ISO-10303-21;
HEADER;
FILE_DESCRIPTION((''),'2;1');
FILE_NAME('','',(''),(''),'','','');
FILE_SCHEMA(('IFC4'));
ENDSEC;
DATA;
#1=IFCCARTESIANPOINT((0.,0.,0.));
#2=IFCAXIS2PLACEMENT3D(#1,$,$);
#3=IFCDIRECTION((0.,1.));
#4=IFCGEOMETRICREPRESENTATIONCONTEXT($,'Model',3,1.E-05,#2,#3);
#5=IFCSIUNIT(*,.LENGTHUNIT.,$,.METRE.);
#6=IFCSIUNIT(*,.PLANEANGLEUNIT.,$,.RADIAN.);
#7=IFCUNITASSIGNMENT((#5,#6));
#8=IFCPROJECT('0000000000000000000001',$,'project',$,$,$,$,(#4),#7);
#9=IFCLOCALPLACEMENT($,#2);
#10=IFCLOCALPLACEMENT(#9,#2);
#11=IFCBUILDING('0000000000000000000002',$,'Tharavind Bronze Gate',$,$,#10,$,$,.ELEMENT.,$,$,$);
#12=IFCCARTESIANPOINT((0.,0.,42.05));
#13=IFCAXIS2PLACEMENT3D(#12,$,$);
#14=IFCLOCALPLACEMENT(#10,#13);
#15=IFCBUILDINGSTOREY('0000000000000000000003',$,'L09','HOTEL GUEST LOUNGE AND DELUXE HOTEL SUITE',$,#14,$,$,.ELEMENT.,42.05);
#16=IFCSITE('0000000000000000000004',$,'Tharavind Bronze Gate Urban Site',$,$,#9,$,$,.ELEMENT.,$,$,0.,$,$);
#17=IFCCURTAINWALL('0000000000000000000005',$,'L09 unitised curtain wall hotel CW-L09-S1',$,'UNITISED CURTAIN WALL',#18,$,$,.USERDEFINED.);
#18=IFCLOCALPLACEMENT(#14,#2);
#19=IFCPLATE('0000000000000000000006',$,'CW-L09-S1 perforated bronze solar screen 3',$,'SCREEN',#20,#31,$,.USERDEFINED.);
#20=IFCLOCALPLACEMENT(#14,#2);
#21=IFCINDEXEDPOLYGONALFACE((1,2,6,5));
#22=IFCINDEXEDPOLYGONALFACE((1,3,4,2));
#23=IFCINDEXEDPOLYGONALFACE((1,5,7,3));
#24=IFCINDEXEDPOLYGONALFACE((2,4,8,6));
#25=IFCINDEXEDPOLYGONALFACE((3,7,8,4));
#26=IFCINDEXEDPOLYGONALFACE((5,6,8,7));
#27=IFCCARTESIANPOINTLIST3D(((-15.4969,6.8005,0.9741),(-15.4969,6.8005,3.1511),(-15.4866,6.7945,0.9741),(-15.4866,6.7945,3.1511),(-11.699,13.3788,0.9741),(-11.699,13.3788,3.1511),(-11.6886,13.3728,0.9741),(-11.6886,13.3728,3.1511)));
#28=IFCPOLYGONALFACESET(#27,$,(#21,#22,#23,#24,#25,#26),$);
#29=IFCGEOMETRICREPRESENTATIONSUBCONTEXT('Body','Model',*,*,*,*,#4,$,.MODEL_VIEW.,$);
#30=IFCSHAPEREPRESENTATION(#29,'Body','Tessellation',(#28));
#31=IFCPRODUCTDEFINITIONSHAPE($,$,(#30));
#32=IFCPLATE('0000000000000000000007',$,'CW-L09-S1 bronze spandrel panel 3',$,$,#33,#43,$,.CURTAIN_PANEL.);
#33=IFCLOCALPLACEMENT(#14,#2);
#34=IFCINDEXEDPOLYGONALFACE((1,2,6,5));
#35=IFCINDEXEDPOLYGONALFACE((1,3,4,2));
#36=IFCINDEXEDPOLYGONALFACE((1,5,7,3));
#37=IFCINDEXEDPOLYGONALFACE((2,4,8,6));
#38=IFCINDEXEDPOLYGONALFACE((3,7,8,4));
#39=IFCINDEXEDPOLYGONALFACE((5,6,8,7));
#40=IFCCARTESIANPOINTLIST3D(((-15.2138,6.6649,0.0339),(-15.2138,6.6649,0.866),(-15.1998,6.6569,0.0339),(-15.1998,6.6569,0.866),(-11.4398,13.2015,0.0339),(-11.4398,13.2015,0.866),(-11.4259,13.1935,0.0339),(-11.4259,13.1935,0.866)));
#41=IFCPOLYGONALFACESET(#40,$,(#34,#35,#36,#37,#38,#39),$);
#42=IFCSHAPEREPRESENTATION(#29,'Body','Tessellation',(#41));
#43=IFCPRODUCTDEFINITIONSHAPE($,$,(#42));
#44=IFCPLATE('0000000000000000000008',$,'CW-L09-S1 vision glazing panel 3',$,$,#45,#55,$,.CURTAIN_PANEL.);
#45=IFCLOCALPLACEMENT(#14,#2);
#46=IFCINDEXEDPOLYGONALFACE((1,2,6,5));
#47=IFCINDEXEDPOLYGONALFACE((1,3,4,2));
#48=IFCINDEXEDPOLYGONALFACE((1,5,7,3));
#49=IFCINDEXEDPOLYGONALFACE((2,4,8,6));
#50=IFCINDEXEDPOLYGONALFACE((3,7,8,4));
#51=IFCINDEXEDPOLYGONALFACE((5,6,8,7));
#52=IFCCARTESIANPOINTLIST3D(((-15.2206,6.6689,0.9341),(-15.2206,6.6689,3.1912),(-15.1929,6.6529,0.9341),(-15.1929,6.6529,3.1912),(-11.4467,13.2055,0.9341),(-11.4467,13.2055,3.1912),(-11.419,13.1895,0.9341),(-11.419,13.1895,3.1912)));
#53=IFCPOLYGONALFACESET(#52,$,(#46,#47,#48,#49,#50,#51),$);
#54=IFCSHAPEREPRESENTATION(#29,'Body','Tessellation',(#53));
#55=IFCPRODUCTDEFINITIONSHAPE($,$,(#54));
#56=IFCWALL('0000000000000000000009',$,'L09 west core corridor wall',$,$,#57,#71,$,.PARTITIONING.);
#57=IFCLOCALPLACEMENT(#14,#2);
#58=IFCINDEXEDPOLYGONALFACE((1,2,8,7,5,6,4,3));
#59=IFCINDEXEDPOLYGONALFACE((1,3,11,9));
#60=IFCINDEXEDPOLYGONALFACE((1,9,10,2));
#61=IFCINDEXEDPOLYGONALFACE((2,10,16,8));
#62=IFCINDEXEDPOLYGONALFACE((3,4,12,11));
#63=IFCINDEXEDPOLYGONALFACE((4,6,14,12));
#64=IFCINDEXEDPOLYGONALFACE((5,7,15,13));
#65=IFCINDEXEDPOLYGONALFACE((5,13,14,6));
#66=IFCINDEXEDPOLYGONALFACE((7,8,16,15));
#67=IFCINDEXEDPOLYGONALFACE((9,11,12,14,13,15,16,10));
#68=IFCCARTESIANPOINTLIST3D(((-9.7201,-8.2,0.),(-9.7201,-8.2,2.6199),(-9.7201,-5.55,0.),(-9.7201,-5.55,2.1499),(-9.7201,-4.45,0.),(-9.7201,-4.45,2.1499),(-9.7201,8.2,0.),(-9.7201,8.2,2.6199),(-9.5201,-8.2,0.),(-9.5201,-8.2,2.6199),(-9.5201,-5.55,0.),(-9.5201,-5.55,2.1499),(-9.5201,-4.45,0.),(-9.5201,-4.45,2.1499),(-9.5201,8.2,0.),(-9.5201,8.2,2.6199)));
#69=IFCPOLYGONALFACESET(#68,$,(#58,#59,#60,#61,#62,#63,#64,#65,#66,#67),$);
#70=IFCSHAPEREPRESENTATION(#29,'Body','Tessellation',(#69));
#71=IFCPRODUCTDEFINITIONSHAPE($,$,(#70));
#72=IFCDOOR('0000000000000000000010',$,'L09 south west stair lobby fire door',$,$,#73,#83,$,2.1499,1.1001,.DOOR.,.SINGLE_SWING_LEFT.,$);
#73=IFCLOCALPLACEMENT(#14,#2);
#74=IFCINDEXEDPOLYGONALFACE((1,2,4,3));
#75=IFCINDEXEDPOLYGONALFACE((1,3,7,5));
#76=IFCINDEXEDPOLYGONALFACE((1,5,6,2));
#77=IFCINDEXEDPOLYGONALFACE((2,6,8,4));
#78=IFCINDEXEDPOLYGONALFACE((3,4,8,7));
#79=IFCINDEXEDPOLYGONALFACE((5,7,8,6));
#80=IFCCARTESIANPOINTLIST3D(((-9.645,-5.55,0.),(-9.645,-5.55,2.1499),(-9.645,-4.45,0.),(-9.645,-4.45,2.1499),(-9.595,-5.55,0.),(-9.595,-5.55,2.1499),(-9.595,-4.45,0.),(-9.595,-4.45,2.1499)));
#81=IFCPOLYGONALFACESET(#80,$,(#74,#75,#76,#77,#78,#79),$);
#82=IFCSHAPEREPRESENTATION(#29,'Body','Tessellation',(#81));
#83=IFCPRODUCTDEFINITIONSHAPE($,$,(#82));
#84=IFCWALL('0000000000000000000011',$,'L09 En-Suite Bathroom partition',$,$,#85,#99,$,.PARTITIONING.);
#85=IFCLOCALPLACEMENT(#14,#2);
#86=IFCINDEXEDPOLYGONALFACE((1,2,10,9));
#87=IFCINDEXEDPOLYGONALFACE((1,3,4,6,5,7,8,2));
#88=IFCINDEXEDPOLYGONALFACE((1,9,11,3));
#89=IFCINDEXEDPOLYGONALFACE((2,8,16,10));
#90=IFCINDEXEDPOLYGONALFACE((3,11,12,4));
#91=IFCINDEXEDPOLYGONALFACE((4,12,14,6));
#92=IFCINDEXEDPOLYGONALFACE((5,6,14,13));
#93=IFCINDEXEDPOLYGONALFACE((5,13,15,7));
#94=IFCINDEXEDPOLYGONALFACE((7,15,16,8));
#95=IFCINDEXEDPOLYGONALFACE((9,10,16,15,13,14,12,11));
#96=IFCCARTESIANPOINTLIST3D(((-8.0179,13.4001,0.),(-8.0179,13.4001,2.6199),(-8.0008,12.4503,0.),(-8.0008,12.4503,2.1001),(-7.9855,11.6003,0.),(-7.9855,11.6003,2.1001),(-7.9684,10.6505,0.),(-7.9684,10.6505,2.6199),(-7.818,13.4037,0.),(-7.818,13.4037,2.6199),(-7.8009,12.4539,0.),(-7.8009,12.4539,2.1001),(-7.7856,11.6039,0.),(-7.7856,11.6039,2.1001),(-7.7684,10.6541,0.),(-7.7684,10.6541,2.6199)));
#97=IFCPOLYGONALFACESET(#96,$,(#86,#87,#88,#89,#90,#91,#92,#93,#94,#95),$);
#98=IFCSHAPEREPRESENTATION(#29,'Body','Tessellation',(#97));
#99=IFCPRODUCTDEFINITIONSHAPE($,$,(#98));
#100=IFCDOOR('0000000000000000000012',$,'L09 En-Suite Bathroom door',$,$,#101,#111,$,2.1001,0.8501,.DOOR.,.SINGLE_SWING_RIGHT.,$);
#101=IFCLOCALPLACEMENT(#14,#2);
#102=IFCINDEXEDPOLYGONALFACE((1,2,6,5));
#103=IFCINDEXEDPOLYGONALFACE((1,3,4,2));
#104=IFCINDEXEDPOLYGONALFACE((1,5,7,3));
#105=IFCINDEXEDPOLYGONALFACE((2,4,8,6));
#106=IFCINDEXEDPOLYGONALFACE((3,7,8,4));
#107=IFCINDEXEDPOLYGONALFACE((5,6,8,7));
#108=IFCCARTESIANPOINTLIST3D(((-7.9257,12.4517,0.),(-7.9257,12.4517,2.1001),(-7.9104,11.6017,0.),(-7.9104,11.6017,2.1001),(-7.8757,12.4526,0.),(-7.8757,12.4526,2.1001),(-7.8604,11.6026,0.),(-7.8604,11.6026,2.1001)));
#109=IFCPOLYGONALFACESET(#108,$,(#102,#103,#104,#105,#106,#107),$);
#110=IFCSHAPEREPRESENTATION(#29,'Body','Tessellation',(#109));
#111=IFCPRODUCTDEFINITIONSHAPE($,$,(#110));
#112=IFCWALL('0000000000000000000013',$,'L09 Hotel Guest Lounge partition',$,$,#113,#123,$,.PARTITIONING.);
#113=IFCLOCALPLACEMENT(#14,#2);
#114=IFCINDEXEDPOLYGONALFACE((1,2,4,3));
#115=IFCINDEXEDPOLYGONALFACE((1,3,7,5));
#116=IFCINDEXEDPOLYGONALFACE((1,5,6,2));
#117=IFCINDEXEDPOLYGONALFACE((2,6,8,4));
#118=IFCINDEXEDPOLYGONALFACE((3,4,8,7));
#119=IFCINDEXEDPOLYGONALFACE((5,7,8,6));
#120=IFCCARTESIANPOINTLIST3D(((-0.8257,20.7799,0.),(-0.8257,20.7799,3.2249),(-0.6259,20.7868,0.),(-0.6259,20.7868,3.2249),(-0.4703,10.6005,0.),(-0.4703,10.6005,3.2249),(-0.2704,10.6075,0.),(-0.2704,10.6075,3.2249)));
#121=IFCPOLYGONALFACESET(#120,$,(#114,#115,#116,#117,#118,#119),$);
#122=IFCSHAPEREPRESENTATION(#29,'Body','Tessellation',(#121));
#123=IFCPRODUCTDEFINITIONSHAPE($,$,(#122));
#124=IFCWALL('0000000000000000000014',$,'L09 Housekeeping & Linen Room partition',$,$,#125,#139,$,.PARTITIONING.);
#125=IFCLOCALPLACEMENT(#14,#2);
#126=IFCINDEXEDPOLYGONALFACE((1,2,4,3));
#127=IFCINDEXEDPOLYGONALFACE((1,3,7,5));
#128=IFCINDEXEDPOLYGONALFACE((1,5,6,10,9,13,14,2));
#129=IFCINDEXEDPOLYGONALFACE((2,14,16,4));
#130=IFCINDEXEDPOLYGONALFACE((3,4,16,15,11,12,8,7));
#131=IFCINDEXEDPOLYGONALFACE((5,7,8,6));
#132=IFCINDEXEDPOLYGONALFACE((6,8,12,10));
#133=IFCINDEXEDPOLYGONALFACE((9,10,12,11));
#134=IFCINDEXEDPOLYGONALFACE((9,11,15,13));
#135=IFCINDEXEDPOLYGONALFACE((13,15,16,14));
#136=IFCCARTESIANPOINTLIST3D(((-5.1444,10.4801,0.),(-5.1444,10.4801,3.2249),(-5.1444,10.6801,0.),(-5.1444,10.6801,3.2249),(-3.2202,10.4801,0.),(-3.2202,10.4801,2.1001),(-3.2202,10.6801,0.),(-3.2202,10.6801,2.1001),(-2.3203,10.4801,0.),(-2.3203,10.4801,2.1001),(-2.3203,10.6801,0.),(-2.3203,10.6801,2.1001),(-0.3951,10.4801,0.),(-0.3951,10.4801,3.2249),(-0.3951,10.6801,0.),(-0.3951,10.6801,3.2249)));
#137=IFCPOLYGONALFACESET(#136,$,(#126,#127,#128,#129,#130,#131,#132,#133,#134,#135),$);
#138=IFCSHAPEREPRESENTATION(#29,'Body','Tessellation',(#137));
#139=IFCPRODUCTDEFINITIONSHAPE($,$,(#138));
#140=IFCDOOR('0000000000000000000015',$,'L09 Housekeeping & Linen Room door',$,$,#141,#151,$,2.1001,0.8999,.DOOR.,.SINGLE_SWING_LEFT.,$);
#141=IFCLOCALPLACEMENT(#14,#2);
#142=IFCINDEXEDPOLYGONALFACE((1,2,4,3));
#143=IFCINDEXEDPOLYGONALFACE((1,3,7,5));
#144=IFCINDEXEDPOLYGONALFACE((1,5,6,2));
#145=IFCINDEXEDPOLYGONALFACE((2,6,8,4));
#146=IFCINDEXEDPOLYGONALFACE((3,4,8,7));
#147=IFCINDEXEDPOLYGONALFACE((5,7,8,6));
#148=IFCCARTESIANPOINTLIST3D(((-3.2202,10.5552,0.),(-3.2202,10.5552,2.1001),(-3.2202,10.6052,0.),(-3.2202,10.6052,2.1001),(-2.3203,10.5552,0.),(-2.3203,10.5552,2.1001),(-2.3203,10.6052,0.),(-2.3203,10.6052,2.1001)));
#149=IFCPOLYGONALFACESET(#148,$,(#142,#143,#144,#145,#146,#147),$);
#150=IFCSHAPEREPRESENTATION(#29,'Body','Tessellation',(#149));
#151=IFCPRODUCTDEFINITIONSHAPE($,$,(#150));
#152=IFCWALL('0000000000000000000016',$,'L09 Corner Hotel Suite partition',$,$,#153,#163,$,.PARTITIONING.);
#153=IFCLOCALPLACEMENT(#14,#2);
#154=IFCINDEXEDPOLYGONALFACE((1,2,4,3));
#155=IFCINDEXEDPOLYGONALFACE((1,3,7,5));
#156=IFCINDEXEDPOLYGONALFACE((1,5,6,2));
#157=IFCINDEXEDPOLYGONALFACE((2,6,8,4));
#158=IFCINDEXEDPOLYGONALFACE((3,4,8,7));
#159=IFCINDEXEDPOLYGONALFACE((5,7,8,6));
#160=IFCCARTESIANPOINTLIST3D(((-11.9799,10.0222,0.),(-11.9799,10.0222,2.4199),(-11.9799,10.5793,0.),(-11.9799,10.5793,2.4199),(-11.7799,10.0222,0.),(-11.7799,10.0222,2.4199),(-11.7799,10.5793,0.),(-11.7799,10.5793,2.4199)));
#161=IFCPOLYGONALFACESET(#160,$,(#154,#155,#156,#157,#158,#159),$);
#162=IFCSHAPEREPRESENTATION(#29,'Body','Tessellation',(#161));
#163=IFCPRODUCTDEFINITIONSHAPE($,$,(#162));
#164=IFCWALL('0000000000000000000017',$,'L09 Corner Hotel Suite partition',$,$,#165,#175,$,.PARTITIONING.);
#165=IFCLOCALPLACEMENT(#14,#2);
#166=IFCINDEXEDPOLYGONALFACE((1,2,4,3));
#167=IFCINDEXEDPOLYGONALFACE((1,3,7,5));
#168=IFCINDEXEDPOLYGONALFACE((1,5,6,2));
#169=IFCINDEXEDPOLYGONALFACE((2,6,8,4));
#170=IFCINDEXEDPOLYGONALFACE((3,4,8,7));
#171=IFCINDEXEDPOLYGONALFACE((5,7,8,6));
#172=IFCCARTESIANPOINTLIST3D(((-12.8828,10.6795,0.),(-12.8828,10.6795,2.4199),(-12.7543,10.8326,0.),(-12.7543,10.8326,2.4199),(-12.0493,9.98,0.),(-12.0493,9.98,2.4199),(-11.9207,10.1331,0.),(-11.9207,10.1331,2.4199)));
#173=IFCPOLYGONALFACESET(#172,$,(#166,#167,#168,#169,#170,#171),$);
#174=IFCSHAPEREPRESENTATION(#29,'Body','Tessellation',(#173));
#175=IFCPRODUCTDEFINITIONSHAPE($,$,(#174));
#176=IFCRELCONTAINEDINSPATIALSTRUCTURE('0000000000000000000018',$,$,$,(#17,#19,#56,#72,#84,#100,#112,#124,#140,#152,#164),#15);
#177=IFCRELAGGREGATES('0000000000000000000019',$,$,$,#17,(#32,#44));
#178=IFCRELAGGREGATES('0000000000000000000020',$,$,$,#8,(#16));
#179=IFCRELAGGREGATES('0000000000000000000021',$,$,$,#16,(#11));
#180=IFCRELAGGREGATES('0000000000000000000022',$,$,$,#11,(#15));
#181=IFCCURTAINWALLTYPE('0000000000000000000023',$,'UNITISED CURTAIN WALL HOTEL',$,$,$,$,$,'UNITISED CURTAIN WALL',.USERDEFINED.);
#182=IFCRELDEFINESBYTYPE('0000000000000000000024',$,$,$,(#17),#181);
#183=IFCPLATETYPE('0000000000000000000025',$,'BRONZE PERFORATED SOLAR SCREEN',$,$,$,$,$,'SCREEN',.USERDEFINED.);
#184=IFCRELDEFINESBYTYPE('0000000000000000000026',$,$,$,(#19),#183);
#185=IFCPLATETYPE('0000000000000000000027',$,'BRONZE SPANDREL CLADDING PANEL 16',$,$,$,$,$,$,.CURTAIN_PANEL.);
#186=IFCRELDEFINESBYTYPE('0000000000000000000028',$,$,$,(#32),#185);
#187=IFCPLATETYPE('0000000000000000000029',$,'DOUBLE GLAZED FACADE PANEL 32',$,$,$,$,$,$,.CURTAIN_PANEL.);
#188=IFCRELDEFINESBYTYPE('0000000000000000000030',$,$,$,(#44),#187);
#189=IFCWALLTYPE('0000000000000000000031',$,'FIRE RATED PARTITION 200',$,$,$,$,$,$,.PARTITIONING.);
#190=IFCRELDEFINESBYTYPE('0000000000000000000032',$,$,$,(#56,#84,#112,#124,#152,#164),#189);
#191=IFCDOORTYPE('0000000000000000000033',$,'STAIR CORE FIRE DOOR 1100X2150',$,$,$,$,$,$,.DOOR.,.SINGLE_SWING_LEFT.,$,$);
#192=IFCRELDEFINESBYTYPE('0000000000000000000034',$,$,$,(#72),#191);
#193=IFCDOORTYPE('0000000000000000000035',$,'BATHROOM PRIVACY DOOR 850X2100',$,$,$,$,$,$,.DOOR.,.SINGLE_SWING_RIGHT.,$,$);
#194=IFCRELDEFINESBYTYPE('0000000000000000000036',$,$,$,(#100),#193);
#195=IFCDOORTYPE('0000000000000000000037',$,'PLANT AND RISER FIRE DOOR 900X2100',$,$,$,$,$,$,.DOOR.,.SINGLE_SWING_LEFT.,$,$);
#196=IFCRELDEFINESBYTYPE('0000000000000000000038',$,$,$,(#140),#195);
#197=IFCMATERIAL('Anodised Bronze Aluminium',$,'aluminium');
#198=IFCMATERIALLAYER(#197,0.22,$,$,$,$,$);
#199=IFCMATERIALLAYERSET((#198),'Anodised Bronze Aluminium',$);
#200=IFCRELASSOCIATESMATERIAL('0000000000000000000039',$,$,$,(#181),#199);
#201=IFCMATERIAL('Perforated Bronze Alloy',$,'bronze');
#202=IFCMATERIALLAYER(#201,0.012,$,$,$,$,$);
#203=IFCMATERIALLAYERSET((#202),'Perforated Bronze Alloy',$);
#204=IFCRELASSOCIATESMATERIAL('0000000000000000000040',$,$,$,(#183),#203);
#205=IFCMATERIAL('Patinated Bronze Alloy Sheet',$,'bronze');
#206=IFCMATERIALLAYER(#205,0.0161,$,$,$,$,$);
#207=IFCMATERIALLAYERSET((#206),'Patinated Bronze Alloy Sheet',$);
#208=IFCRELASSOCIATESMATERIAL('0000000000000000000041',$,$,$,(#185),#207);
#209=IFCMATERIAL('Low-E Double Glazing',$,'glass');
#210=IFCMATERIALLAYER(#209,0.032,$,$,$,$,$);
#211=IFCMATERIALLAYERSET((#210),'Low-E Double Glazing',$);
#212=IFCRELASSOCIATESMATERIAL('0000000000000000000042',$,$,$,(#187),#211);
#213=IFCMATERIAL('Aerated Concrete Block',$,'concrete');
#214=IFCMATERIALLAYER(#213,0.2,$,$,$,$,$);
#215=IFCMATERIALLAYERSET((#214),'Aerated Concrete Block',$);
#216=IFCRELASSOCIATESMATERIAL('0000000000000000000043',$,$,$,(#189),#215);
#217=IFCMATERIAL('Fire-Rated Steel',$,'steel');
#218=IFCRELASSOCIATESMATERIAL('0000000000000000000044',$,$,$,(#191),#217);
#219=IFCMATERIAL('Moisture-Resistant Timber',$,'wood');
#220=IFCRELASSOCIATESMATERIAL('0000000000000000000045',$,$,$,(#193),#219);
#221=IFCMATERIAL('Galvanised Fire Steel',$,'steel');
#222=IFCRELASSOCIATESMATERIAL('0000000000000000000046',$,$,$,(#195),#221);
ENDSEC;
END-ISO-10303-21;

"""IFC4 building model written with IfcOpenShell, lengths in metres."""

from ifc_helpers import new_model, si_unit, direction, frame, frame_2d, origin, origin_2d, place, context, subcontext, project, spatial, rectangle, extrude, material, layer, layer_set, type_object, element, fill, aggregate, save


model = new_model("IFC4")

# Units and contexts
model_context = context("Model", 3, precision=1e-05, world=origin(), true_north=direction((0.0, 1.0)))
body_context = subcontext(model_context, "Body", "Model", "MODEL_VIEW")
ifc_project = project(units=[si_unit("LENGTHUNIT", "METRE"), si_unit("PLANEANGLEUNIT", "RADIAN")], contexts=[model_context])

# Site, building, storey
site_placement = place(None, origin())
site = spatial("IfcSite", under=ifc_project, at=site_placement, Name="Tharavind Bronze Gate Urban Site", CompositionType="ELEMENT", RefElevation=0.0)
building_placement = place(site_placement, origin())
building = spatial("IfcBuilding", under=site, at=building_placement, Name="Tharavind Bronze Gate", CompositionType="ELEMENT")
storey_placement = place(building_placement, frame((0.0, 0.0, 42.05)))
storey = spatial("IfcBuildingStorey", under=building, at=storey_placement, Name="L09", Description="HOTEL GUEST LOUNGE AND DELUXE HOTEL SUITE", CompositionType="ELEMENT", Elevation=42.05)

# Curtain wall
ifc_material_1 = material(Name="Anodised Bronze Aluminium", Category="aluminium")
ifc_layer_1 = layer(ifc_material_1, 0.22)
ifc_layer_set_1 = layer_set([ifc_layer_1], Name="Anodised Bronze Aluminium")
curtain_wall_type = type_object("IfcCurtainWallType", Name="UNITISED CURTAIN WALL HOTEL", ElementType="UNITISED CURTAIN WALL", PredefinedType="USERDEFINED", material=ifc_layer_set_1)
curtain_wall_placement = place(storey_placement, origin())
curtain_wall = element("IfcCurtainWall", 1, at=curtain_wall_placement, inside=storey, type_object=curtain_wall_type, Name="L09 unitised curtain wall hotel CW-L09-S1", ObjectType="UNITISED CURTAIN WALL", PredefinedType="USERDEFINED")

# Plates
ifc_material_2 = material(Name="Perforated Bronze Alloy", Category="bronze")
ifc_layer_2 = layer(ifc_material_2, 0.012)
ifc_layer_set_2 = layer_set([ifc_layer_2], Name="Perforated Bronze Alloy")
plate_type_1 = type_object("IfcPlateType", Name="BRONZE PERFORATED SOLAR SCREEN", ElementType="SCREEN", PredefinedType="USERDEFINED", material=ifc_layer_set_2)
plate_1_placement = place(storey_placement, frame((-13.5928, 10.0867, 0.9741), z_axis=(0.0, 0.0, 1.0), x_axis=(-0.500002, -0.866025, 0.0)))
element("IfcPlate", 2, at=plate_1_placement, inside=storey, type_object=plate_type_1, Name="CW-L09-S1 perforated bronze solar screen 3", ObjectType="SCREEN", PredefinedType="USERDEFINED", context=body_context, shape_type="SweptSolid", body=[
    extrude(rectangle(XDim=7.5959, YDim=0.012, at=origin_2d()), origin(), (0.0, 0.0, 1.0), 2.177),
])
ifc_material_3 = material(Name="Patinated Bronze Alloy Sheet", Category="bronze")
ifc_layer_3 = layer(ifc_material_3, 0.0161)
ifc_layer_set_3 = layer_set([ifc_layer_3], Name="Patinated Bronze Alloy Sheet")
plate_type_2 = type_object("IfcPlateType", Name="BRONZE SPANDREL CLADDING PANEL 16", PredefinedType="CURTAIN_PANEL", material=ifc_layer_set_3)
plate_2_placement = place(storey_placement, frame((-13.3198, 9.9292, 0.0339), z_axis=(0.0, 0.0, 1.0), x_axis=(-0.500002, -0.866025, 0.0)))
plate_2 = element("IfcPlate", 3, at=plate_2_placement, type_object=plate_type_2, Name="CW-L09-S1 bronze spandrel panel 3", PredefinedType="CURTAIN_PANEL", context=body_context, shape_type="SweptSolid", body=[
    extrude(rectangle(XDim=7.5479, YDim=0.0161, at=origin_2d()), origin(), (0.0, 0.0, 1.0), 0.832),
])
ifc_material_4 = material(Name="Low-E Double Glazing", Category="glass")
ifc_layer_4 = layer(ifc_material_4, 0.032)
ifc_layer_set_4 = layer_set([ifc_layer_4], Name="Low-E Double Glazing")
plate_type_3 = type_object("IfcPlateType", Name="DOUBLE GLAZED FACADE PANEL 32", PredefinedType="CURTAIN_PANEL", material=ifc_layer_set_4)
plate_3_placement = place(storey_placement, frame((-13.3198, 9.9292, 0.9341), z_axis=(0.0, 0.0, 1.0), x_axis=(-0.500002, -0.866025, 0.0)))
plate_3 = element("IfcPlate", 4, at=plate_3_placement, type_object=plate_type_3, Name="CW-L09-S1 vision glazing panel 3", PredefinedType="CURTAIN_PANEL", context=body_context, shape_type="SweptSolid", body=[
    extrude(rectangle(XDim=7.5479, YDim=0.032, at=origin_2d()), origin(), (0.0, 0.0, 1.0), 2.2571),
])
aggregate(curtain_wall, [plate_2, plate_3])

# Walls, openings, doors
ifc_material_5 = material(Name="Aerated Concrete Block", Category="concrete")
ifc_layer_5 = layer(ifc_material_5, 0.2)
ifc_layer_set_5 = layer_set([ifc_layer_5], Name="Aerated Concrete Block")
wall_type_1 = type_object("IfcWallType", Name="FIRE RATED PARTITION 200", PredefinedType="PARTITIONING", material=ifc_layer_set_5)
wall_1_placement = place(storey_placement, frame((-9.6201, 8.2, 0.0), z_axis=(0.0, 0.0, 1.0), x_axis=(0.0, -1.0, 0.0)))
wall_1 = element("IfcWall", 5, at=wall_1_placement, inside=storey, type_object=wall_type_1, Name="L09 west core corridor wall", PredefinedType="PARTITIONING", context=body_context, shape_type="SweptSolid", body=[
    extrude(rectangle(XDim=16.3999, YDim=0.2, at=frame_2d((8.2, 0.0))), origin(), (0.0, 0.0, 1.0), 2.6199),
])
opening_1_placement = place(wall_1_placement, frame((12.6499, 0.0, 0.0)))
opening_1 = element("IfcOpeningElement", 6, at=opening_1_placement, cuts=wall_1, PredefinedType="OPENING", context=body_context, shape_type="SweptSolid", body=[
    extrude(rectangle(XDim=1.1001, YDim=2.1499, at=frame_2d((0.55, 1.075))), frame((0.0, 0.1101, 0.0), z_axis=(0.0, -1.0, 0.0), x_axis=(1.0, 0.0, 0.0)), (0.0, 0.0, 1.0), 0.22),
])
ifc_material_6 = material(Name="Fire-Rated Steel", Category="steel")
door_type_1 = type_object("IfcDoorType", Name="STAIR CORE FIRE DOOR 1100X2150", OperationType="SINGLE_SWING_LEFT", PredefinedType="DOOR", material=ifc_material_6)
door_1_placement = place(opening_1_placement, frame((1.1001, 0.0, 0.0), z_axis=(0.0, 0.0, 1.0), x_axis=(-1.0, 0.0, 0.0)))
door_1 = element("IfcDoor", 7, at=door_1_placement, inside=storey, type_object=door_type_1, Name="L09 south west stair lobby fire door", OperationType="SINGLE_SWING_LEFT", OverallHeight=2.1499, OverallWidth=1.1001, PredefinedType="DOOR", context=body_context, shape_type="SweptSolid", body=[
    extrude(rectangle(XDim=1.1001, YDim=2.1499, at=frame_2d((0.55, 1.075))), frame((0.0, 0.0249, 0.0), z_axis=(0.0, -1.0, 0.0), x_axis=(1.0, 0.0, 0.0)), (0.0, 0.0, 1.0), 0.05),
])
fill(opening_1, door_1)
wall_2_placement = place(storey_placement, frame((-7.8684, 10.6523, 0.0), z_axis=(0.0, 0.0, 1.0), x_axis=(-0.018022, 0.999838, 0.0)))
wall_2 = element("IfcWall", 8, at=wall_2_placement, inside=storey, type_object=wall_type_1, Name="L09 En-Suite Bathroom partition", PredefinedType="PARTITIONING", context=body_context, shape_type="SweptSolid", body=[
    extrude(rectangle(XDim=2.75, YDim=0.2, at=frame_2d((1.375, 0.0))), origin(), (0.0, 0.0, 1.0), 2.6199),
])
opening_2_placement = place(wall_2_placement, frame((0.95, 0.0, 0.0)))
opening_2 = element("IfcOpeningElement", 9, at=opening_2_placement, cuts=wall_2, PredefinedType="OPENING", context=body_context, shape_type="SweptSolid", body=[
    extrude(rectangle(XDim=0.8501, YDim=2.1001, at=frame_2d((0.425, 1.05))), frame((0.0, 0.1101, 0.0), z_axis=(0.0, -1.0, 0.0), x_axis=(1.0, 0.0, 0.0)), (0.0, 0.0, 1.0), 0.22),
])
ifc_material_7 = material(Name="Moisture-Resistant Timber", Category="wood")
door_type_2 = type_object("IfcDoorType", Name="BATHROOM PRIVACY DOOR 850X2100", OperationType="SINGLE_SWING_RIGHT", PredefinedType="DOOR", material=ifc_material_7)
door_2_placement = place(opening_2_placement, origin())
door_2 = element("IfcDoor", 10, at=door_2_placement, inside=storey, type_object=door_type_2, Name="L09 En-Suite Bathroom door", OperationType="SINGLE_SWING_RIGHT", OverallHeight=2.1001, OverallWidth=0.8501, PredefinedType="DOOR", context=body_context, shape_type="SweptSolid", body=[
    extrude(rectangle(XDim=0.8501, YDim=2.1001, at=frame_2d((0.425, 1.05))), frame((0.0, 0.0249, 0.0), z_axis=(0.0, -1.0, 0.0), x_axis=(1.0, 0.0, 0.0)), (0.0, 0.0, 1.0), 0.05),
])
fill(opening_2, door_2)

# Wall
wall_3_placement = place(storey_placement, frame((-0.3704, 10.604, 0.0), z_axis=(0.0, 0.0, 1.0), x_axis=(-0.034899, 0.999391, 0.0)))
element("IfcWall", 11, at=wall_3_placement, inside=storey, type_object=wall_type_1, Name="L09 Hotel Guest Lounge partition", PredefinedType="PARTITIONING", context=body_context, shape_type="SweptSolid", body=[
    extrude(rectangle(XDim=10.1855, YDim=0.2, at=frame_2d((5.0928, 0.0))), origin(), (0.0, 0.0, 1.0), 3.2249),
])

# Wall, opening, door
wall_4_placement = place(storey_placement, frame((-0.3953, 10.5801, 0.0), z_axis=(0.0, 0.0, 1.0), x_axis=(-1.0, 0.0, 0.0)))
wall_4 = element("IfcWall", 12, at=wall_4_placement, inside=storey, type_object=wall_type_1, Name="L09 Housekeeping & Linen Room partition", PredefinedType="PARTITIONING", context=body_context, shape_type="SweptSolid", body=[
    extrude(rectangle(XDim=4.7493, YDim=0.2, at=frame_2d((2.3745, 0.0))), origin(), (0.0, 0.0, 1.0), 3.2249),
])
opening_3_placement = place(wall_4_placement, frame((1.925, 0.0, 0.0)))
opening_3 = element("IfcOpeningElement", 13, at=opening_3_placement, cuts=wall_4, PredefinedType="OPENING", context=body_context, shape_type="SweptSolid", body=[
    extrude(rectangle(XDim=0.8999, YDim=2.1001, at=frame_2d((0.45, 1.05))), frame((0.0, 0.1101, 0.0), z_axis=(0.0, -1.0, 0.0), x_axis=(1.0, 0.0, 0.0)), (0.0, 0.0, 1.0), 0.22),
])
ifc_material_8 = material(Name="Galvanised Fire Steel", Category="steel")
door_type_3 = type_object("IfcDoorType", Name="PLANT AND RISER FIRE DOOR 900X2100", OperationType="SINGLE_SWING_LEFT", PredefinedType="DOOR", material=ifc_material_8)
door_3_placement = place(opening_3_placement, origin())
door_3 = element("IfcDoor", 14, at=door_3_placement, inside=storey, type_object=door_type_3, Name="L09 Housekeeping & Linen Room door", OperationType="SINGLE_SWING_LEFT", OverallHeight=2.1001, OverallWidth=0.8999, PredefinedType="DOOR", context=body_context, shape_type="SweptSolid", body=[
    extrude(rectangle(XDim=0.8999, YDim=2.1001, at=frame_2d((0.45, 1.05))), frame((0.0, 0.0249, 0.0), z_axis=(0.0, -1.0, 0.0), x_axis=(1.0, 0.0, 0.0)), (0.0, 0.0, 1.0), 0.05),
])
fill(opening_3, door_3)

# Walls
wall_5_placement = place(storey_placement, frame((-11.8799, 10.5793, 0.0), z_axis=(0.0, 0.0, 1.0), x_axis=(0.0, -1.0, 0.0)))
element("IfcWall", 15, at=wall_5_placement, inside=storey, type_object=wall_type_1, Name="L09 Corner Hotel Suite partition", PredefinedType="PARTITIONING", context=body_context, shape_type="SweptSolid", body=[
    extrude(rectangle(XDim=0.5571, YDim=0.2, at=frame_2d((0.2786, 0.0))), origin(), (0.0, 0.0, 1.0), 2.4199),
])
wall_6_placement = place(storey_placement, frame((-11.9851, 10.0566, 0.0), z_axis=(0.0, 0.0, 1.0), x_axis=(-0.76601, 0.642829, 0.0)))
element("IfcWall", 16, at=wall_6_placement, inside=storey, type_object=wall_type_1, Name="L09 Corner Hotel Suite partition", PredefinedType="PARTITIONING", context=body_context, shape_type="SweptSolid", body=[
    extrude(rectangle(XDim=1.0881, YDim=0.2, at=frame_2d((0.5439, 0.0))), origin(), (0.0, 0.0, 1.0), 2.4199),
])

save(model, "model.ifc")
